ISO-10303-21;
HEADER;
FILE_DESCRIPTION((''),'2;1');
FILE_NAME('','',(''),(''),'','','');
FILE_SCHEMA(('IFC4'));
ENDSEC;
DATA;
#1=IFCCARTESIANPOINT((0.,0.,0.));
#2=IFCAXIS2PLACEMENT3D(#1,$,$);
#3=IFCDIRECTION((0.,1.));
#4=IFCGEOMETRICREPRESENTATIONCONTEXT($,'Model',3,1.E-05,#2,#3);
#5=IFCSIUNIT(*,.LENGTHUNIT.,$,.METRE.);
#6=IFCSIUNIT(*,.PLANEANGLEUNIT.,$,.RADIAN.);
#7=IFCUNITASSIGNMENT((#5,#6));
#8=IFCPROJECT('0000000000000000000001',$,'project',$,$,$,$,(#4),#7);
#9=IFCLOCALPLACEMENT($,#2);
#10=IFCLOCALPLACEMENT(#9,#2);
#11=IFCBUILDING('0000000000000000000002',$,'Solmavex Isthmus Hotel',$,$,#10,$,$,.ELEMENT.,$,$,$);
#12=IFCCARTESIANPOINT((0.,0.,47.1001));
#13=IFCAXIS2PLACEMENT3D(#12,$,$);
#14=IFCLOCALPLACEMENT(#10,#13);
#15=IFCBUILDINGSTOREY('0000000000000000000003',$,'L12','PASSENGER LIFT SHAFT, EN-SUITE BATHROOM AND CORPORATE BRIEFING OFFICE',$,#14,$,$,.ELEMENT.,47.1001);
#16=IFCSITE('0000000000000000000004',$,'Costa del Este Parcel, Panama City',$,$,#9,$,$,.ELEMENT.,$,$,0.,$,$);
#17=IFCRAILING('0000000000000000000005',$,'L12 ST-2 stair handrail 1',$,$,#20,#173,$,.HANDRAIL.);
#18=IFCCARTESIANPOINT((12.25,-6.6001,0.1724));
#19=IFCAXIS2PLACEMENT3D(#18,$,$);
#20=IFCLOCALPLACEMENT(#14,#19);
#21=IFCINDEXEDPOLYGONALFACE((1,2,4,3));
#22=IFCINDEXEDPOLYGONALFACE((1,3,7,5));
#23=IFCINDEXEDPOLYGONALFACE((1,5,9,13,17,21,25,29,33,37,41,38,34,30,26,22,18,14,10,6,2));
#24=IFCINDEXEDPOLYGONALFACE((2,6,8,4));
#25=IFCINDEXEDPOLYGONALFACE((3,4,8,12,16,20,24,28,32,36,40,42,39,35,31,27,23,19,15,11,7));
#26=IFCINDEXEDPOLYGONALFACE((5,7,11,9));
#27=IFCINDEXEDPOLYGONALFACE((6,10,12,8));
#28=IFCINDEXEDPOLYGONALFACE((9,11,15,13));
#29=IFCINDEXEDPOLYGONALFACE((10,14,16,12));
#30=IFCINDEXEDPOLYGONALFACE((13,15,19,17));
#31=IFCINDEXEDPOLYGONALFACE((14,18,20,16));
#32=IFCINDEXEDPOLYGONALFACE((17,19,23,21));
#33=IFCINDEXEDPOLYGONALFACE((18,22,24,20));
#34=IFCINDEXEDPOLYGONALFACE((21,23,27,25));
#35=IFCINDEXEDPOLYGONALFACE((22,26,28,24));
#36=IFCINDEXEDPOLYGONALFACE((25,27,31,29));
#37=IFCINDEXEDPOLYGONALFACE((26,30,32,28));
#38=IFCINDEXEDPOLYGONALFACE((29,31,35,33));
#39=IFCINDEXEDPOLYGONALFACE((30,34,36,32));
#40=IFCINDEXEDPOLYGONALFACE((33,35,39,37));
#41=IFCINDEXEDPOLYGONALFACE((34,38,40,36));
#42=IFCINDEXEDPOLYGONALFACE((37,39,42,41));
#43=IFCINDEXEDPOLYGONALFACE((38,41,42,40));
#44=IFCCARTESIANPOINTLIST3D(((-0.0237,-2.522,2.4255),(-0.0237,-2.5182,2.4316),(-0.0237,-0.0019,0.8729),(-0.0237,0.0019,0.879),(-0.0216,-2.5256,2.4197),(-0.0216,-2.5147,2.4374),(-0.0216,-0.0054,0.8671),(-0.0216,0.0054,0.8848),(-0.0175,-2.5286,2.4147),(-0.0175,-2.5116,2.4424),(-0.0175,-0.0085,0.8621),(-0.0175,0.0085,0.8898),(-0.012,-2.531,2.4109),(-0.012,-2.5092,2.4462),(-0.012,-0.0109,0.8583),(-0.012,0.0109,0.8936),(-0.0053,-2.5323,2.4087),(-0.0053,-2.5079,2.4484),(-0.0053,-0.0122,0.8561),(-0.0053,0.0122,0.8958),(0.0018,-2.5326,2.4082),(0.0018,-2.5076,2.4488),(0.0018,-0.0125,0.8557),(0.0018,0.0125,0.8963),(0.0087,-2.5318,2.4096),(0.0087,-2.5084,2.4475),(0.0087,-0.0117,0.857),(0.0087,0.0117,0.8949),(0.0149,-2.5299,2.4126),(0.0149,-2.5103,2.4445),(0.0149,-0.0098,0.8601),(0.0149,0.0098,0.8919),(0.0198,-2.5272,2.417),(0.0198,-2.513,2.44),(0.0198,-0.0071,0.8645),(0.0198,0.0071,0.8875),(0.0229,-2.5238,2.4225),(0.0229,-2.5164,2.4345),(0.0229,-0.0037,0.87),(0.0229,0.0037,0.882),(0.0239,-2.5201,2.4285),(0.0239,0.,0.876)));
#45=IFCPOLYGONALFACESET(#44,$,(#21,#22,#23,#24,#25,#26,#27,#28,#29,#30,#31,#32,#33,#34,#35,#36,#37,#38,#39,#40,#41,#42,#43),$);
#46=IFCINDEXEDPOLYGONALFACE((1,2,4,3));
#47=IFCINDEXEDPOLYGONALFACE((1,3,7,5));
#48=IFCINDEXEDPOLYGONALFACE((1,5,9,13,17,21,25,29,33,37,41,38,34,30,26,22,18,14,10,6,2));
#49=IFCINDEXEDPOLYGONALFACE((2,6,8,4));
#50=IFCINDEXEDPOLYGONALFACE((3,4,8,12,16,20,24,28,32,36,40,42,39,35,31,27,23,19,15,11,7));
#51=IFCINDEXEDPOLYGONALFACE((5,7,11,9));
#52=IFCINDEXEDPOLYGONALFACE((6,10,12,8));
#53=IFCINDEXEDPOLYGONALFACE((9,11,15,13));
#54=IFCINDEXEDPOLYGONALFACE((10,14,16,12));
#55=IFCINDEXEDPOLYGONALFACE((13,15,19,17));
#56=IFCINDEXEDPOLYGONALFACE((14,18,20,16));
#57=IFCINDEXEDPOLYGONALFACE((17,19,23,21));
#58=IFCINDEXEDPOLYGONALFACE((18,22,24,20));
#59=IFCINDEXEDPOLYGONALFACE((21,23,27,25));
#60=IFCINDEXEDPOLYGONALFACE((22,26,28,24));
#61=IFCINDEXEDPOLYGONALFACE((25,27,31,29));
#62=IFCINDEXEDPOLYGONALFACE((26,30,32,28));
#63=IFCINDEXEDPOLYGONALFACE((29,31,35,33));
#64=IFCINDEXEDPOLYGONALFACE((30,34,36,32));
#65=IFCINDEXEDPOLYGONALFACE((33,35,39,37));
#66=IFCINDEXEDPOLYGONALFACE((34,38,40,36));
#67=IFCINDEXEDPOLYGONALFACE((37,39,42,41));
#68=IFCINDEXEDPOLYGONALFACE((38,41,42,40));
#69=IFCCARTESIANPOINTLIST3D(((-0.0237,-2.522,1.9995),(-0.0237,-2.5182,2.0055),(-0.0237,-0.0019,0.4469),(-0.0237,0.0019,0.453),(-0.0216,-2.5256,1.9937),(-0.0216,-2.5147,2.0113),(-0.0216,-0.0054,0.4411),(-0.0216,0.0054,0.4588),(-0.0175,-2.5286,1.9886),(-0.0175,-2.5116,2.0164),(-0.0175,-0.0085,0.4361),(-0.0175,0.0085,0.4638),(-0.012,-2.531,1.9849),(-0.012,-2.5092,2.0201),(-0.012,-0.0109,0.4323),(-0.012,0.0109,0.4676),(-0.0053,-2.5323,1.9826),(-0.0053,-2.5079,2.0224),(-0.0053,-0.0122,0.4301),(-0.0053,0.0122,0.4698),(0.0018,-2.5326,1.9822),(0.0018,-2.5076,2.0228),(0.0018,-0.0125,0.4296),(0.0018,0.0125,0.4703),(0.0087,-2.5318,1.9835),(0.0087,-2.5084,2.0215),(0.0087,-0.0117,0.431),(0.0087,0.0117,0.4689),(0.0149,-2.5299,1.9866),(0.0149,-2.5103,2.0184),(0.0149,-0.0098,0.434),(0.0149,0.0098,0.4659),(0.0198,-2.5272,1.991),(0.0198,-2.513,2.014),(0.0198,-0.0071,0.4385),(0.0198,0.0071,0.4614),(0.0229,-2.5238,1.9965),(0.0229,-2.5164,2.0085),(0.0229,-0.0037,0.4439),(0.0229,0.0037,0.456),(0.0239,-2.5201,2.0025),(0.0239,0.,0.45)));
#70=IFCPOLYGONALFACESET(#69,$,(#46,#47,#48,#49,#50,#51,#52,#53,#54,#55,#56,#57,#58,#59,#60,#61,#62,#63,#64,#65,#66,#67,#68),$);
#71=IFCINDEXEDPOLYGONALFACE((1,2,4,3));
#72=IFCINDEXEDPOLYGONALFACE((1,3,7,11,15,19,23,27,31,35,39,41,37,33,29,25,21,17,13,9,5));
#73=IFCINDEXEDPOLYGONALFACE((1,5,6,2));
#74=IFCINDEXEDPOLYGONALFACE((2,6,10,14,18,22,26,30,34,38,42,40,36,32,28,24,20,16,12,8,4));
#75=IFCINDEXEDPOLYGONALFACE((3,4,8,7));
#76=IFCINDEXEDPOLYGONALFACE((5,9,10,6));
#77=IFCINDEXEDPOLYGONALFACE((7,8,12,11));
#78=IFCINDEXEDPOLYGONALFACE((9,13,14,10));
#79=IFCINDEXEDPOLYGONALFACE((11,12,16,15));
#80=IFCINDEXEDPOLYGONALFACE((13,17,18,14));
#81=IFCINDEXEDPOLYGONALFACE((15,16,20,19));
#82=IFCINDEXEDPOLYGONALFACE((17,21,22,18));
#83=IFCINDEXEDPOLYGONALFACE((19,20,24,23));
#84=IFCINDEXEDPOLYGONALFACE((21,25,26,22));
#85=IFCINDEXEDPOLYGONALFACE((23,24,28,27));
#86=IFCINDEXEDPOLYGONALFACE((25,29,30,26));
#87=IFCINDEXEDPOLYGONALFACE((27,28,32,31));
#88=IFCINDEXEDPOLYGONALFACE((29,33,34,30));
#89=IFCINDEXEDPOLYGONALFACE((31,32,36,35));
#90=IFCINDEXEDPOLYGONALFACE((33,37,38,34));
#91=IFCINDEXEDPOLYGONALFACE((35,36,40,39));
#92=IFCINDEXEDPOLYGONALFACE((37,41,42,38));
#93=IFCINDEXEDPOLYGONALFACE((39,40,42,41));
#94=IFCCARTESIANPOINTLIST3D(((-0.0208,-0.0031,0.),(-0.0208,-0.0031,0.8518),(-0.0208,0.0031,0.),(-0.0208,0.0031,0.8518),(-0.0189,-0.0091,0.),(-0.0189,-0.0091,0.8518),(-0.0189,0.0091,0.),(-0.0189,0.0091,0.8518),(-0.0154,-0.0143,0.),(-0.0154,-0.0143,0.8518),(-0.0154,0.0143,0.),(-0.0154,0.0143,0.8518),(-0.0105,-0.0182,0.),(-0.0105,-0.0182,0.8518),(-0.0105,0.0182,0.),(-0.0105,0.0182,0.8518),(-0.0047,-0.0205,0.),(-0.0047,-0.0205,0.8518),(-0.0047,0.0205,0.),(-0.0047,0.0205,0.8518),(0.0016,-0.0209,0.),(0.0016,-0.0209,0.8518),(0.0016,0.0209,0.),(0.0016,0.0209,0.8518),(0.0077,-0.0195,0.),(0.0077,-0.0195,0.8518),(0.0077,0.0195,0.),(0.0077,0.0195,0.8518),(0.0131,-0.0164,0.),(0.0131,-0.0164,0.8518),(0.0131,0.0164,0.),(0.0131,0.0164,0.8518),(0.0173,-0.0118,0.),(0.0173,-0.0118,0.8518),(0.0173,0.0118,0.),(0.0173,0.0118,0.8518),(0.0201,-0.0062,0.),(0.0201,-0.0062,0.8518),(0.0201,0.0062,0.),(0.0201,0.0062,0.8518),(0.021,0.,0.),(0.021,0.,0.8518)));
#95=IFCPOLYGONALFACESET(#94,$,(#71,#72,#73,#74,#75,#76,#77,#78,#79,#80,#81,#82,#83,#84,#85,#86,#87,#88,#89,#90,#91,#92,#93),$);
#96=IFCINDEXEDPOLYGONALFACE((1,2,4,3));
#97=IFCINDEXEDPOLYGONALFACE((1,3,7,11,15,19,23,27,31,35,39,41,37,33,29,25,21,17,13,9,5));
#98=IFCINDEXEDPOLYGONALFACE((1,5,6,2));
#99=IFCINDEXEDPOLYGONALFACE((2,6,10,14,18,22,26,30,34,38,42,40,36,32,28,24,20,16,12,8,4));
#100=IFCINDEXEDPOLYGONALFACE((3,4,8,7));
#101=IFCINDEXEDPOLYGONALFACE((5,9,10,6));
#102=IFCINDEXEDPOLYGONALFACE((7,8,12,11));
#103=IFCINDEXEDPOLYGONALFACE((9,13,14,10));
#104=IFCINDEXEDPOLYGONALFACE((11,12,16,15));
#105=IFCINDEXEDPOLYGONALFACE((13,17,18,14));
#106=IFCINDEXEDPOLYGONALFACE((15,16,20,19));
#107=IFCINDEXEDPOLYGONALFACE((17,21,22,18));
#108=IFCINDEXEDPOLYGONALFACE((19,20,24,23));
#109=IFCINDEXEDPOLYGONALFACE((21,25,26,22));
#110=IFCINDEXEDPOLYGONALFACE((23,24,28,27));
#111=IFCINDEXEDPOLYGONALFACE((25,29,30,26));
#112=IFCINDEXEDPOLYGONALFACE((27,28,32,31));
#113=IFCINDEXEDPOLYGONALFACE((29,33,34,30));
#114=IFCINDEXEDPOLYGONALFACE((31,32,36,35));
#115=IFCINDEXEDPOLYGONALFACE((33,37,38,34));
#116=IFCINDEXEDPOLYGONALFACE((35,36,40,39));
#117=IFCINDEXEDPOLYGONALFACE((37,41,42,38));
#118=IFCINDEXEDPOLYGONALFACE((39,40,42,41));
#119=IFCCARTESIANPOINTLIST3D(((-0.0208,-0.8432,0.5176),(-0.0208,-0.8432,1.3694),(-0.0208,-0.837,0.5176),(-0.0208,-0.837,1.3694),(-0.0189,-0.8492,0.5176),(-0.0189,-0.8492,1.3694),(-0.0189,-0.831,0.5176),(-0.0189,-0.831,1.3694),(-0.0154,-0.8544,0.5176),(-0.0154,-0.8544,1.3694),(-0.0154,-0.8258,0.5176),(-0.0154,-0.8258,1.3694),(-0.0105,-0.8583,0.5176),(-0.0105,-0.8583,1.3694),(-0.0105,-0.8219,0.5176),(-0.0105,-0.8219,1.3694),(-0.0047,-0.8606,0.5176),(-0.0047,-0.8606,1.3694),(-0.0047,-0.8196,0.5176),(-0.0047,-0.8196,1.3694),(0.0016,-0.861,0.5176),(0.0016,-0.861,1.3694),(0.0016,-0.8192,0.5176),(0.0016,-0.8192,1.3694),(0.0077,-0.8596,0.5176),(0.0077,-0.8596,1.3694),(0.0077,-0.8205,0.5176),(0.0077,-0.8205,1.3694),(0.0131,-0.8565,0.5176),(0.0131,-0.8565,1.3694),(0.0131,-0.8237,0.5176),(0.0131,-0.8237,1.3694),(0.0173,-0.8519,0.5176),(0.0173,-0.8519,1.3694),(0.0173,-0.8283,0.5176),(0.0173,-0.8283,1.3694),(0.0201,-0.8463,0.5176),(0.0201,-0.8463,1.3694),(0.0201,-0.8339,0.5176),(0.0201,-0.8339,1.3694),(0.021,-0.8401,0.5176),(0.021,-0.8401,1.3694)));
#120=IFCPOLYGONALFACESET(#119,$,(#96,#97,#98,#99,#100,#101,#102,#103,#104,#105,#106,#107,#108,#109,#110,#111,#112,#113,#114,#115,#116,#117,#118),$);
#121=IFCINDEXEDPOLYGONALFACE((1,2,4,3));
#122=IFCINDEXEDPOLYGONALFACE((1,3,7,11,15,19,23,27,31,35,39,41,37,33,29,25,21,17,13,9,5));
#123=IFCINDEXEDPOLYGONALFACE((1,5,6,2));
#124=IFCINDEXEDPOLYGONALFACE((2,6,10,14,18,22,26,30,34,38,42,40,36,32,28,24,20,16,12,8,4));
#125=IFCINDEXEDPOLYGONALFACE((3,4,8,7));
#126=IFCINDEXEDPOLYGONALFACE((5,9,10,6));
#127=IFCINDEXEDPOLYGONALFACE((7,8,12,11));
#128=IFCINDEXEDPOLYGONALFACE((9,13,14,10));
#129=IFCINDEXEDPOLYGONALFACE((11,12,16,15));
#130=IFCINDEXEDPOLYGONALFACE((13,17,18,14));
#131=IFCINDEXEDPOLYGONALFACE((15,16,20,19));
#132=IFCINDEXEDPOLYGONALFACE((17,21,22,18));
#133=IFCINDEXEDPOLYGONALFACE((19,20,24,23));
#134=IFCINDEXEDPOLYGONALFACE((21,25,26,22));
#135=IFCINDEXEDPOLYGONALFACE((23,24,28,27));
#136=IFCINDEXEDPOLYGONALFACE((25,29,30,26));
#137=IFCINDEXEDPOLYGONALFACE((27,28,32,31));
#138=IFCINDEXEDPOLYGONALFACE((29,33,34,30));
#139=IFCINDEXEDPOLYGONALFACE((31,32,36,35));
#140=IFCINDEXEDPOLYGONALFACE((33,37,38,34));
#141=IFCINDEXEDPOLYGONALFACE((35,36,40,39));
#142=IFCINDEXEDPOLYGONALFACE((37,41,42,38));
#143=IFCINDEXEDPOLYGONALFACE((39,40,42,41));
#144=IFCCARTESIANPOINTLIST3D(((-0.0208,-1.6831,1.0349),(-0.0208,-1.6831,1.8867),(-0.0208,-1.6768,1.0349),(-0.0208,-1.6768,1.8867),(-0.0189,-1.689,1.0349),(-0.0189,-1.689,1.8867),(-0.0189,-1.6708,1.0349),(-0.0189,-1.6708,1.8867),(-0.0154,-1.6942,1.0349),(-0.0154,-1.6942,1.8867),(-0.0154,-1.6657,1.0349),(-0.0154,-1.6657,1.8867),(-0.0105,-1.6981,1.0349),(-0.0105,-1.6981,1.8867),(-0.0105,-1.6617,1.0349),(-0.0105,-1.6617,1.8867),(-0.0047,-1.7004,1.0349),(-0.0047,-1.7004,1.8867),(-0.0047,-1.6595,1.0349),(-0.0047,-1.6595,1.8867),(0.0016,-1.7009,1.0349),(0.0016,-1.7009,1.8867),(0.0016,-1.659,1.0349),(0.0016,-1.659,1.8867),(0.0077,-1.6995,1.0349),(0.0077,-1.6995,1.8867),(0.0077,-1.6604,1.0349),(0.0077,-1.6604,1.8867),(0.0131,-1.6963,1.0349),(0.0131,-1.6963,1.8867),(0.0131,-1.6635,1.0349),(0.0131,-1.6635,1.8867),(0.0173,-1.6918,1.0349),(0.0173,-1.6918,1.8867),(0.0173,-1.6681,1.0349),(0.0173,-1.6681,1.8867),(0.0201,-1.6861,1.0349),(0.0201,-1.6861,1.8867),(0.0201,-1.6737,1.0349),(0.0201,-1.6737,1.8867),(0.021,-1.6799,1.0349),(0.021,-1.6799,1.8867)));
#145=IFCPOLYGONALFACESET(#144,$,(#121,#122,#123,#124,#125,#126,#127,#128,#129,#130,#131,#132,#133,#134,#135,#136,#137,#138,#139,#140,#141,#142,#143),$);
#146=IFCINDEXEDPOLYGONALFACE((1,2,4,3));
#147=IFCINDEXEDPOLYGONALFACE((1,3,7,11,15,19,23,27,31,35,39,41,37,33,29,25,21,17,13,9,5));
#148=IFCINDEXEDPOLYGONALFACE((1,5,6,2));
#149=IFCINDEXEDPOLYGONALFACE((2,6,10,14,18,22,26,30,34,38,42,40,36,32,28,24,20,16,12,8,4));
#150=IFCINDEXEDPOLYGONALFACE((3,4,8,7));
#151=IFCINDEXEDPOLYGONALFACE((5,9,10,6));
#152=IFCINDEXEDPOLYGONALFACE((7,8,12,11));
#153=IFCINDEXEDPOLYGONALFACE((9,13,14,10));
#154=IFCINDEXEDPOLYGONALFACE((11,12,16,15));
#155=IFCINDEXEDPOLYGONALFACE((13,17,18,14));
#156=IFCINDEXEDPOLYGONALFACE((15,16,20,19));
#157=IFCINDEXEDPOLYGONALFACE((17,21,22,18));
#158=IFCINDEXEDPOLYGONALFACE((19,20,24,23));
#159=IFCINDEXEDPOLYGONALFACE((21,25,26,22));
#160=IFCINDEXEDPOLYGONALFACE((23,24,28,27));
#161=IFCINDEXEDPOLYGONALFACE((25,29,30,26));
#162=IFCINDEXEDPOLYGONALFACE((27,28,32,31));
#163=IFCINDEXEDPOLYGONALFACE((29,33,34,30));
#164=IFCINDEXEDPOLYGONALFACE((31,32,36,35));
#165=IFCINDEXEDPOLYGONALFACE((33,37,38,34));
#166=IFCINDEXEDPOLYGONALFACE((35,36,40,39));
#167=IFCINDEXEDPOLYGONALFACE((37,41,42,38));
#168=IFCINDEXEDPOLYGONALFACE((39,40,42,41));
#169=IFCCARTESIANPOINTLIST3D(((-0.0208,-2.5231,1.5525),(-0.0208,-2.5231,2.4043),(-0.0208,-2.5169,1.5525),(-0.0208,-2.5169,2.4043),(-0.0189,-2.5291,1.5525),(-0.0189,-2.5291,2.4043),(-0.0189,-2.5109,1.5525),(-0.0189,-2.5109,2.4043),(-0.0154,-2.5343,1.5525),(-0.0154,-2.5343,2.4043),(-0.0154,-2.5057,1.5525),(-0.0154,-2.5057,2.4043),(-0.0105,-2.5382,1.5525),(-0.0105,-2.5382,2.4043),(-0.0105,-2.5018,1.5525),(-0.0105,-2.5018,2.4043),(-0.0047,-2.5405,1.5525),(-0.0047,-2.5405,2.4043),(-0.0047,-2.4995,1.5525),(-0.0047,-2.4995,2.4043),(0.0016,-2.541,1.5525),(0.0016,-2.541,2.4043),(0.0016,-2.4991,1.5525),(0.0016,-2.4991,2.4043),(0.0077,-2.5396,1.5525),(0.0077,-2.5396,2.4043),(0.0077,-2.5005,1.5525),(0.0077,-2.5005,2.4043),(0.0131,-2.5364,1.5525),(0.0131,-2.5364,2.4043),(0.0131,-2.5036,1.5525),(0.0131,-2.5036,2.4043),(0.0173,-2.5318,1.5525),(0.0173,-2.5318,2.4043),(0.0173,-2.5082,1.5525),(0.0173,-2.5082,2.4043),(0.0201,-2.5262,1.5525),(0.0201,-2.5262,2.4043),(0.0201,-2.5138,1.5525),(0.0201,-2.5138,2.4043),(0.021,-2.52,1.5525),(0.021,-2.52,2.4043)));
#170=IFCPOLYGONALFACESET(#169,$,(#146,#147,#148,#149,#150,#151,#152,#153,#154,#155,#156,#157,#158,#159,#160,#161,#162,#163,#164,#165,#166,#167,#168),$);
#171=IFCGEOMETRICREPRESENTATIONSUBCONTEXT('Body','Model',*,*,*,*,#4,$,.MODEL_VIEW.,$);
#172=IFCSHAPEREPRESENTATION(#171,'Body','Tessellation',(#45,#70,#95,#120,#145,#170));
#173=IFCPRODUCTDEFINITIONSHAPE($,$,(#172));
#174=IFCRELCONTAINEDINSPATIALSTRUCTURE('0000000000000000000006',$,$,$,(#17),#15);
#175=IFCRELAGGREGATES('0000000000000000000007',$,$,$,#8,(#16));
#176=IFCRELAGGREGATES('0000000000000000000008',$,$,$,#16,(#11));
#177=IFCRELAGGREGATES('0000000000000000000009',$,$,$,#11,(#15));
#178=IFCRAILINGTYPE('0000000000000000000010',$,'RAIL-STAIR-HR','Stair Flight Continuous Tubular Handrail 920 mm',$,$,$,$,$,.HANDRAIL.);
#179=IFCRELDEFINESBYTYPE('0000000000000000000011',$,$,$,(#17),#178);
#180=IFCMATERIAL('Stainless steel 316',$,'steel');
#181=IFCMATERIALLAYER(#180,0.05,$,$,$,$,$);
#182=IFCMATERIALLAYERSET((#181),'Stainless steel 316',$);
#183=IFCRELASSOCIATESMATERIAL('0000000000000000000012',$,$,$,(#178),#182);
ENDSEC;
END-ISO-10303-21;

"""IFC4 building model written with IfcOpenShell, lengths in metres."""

from ifc_helpers import new_model, si_unit, direction, frame, origin, origin_2d, place, context, subcontext, project, spatial, circle, extrude, material, layer, layer_set, type_object, element, save


model = new_model("IFC4")

# Units and contexts
model_context = context("Model", 3, precision=1e-05, world=origin(), true_north=direction((0.0, 1.0)))
body_context = subcontext(model_context, "Body", "Model", "MODEL_VIEW")
ifc_project = project(units=[si_unit("LENGTHUNIT", "METRE"), si_unit("PLANEANGLEUNIT", "RADIAN")], contexts=[model_context])

# Site, building, storey
site_placement = place(None, origin())
site = spatial("IfcSite", under=ifc_project, at=site_placement, Name="Costa del Este Parcel, Panama City", CompositionType="ELEMENT", RefElevation=0.0)
building_placement = place(site_placement, origin())
building = spatial("IfcBuilding", under=site, at=building_placement, Name="Solmavex Isthmus Hotel", CompositionType="ELEMENT")
storey_placement = place(building_placement, frame((0.0, 0.0, 47.1001)))
storey = spatial("IfcBuildingStorey", under=building, at=storey_placement, Name="L12", Description="PASSENGER LIFT SHAFT, EN-SUITE BATHROOM AND CORPORATE BRIEFING OFFICE", CompositionType="ELEMENT", Elevation=47.1001)

# Railing
ifc_material_1 = material(Name="Stainless steel 316", Category="steel")
ifc_layer_1 = layer(ifc_material_1, 0.05)
ifc_layer_set_1 = layer_set([ifc_layer_1], Name="Stainless steel 316")
railing_type_1 = type_object("IfcRailingType", Name="RAIL-STAIR-HR", Description="Stair Flight Continuous Tubular Handrail 920 mm", PredefinedType="HANDRAIL", material=ifc_layer_set_1)
railing_1_placement = place(storey_placement, frame((12.25, -6.6001, 0.1724)))
element("IfcRailing", 1, at=railing_1_placement, inside=storey, type_object=railing_type_1, Name="L12 ST-2 stair handrail 1", PredefinedType="HANDRAIL", context=body_context, shape_type="SweptSolid", body=[
    extrude(circle(Radius=0.0239, at=origin_2d()), frame((0.0, 0.0, 0.876), z_axis=(0.0, -0.8514, 0.524516), x_axis=(1.0, 0.0, 0.0)), (0.0, 0.0, 1.0), 2.96),
    extrude(circle(Radius=0.0239, at=origin_2d()), frame((0.0, 0.0, 0.45), z_axis=(0.0, -0.8514, 0.524516), x_axis=(1.0, 0.0, 0.0)), (0.0, 0.0, 1.0), 2.96),
    extrude(circle(Radius=0.021, at=origin_2d()), origin(), (0.0, 0.0, 1.0), 0.8518),
    extrude(circle(Radius=0.021, at=origin_2d()), frame((0.0, -0.8401, 0.5176)), (0.0, 0.0, 1.0), 0.8518),
    extrude(circle(Radius=0.021, at=origin_2d()), frame((0.0, -1.6799, 1.0349)), (0.0, 0.0, 1.0), 0.8518),
    extrude(circle(Radius=0.021, at=origin_2d()), frame((0.0, -2.52, 1.5525)), (0.0, 0.0, 1.0), 0.8518),
])

save(model, "model.ifc")
